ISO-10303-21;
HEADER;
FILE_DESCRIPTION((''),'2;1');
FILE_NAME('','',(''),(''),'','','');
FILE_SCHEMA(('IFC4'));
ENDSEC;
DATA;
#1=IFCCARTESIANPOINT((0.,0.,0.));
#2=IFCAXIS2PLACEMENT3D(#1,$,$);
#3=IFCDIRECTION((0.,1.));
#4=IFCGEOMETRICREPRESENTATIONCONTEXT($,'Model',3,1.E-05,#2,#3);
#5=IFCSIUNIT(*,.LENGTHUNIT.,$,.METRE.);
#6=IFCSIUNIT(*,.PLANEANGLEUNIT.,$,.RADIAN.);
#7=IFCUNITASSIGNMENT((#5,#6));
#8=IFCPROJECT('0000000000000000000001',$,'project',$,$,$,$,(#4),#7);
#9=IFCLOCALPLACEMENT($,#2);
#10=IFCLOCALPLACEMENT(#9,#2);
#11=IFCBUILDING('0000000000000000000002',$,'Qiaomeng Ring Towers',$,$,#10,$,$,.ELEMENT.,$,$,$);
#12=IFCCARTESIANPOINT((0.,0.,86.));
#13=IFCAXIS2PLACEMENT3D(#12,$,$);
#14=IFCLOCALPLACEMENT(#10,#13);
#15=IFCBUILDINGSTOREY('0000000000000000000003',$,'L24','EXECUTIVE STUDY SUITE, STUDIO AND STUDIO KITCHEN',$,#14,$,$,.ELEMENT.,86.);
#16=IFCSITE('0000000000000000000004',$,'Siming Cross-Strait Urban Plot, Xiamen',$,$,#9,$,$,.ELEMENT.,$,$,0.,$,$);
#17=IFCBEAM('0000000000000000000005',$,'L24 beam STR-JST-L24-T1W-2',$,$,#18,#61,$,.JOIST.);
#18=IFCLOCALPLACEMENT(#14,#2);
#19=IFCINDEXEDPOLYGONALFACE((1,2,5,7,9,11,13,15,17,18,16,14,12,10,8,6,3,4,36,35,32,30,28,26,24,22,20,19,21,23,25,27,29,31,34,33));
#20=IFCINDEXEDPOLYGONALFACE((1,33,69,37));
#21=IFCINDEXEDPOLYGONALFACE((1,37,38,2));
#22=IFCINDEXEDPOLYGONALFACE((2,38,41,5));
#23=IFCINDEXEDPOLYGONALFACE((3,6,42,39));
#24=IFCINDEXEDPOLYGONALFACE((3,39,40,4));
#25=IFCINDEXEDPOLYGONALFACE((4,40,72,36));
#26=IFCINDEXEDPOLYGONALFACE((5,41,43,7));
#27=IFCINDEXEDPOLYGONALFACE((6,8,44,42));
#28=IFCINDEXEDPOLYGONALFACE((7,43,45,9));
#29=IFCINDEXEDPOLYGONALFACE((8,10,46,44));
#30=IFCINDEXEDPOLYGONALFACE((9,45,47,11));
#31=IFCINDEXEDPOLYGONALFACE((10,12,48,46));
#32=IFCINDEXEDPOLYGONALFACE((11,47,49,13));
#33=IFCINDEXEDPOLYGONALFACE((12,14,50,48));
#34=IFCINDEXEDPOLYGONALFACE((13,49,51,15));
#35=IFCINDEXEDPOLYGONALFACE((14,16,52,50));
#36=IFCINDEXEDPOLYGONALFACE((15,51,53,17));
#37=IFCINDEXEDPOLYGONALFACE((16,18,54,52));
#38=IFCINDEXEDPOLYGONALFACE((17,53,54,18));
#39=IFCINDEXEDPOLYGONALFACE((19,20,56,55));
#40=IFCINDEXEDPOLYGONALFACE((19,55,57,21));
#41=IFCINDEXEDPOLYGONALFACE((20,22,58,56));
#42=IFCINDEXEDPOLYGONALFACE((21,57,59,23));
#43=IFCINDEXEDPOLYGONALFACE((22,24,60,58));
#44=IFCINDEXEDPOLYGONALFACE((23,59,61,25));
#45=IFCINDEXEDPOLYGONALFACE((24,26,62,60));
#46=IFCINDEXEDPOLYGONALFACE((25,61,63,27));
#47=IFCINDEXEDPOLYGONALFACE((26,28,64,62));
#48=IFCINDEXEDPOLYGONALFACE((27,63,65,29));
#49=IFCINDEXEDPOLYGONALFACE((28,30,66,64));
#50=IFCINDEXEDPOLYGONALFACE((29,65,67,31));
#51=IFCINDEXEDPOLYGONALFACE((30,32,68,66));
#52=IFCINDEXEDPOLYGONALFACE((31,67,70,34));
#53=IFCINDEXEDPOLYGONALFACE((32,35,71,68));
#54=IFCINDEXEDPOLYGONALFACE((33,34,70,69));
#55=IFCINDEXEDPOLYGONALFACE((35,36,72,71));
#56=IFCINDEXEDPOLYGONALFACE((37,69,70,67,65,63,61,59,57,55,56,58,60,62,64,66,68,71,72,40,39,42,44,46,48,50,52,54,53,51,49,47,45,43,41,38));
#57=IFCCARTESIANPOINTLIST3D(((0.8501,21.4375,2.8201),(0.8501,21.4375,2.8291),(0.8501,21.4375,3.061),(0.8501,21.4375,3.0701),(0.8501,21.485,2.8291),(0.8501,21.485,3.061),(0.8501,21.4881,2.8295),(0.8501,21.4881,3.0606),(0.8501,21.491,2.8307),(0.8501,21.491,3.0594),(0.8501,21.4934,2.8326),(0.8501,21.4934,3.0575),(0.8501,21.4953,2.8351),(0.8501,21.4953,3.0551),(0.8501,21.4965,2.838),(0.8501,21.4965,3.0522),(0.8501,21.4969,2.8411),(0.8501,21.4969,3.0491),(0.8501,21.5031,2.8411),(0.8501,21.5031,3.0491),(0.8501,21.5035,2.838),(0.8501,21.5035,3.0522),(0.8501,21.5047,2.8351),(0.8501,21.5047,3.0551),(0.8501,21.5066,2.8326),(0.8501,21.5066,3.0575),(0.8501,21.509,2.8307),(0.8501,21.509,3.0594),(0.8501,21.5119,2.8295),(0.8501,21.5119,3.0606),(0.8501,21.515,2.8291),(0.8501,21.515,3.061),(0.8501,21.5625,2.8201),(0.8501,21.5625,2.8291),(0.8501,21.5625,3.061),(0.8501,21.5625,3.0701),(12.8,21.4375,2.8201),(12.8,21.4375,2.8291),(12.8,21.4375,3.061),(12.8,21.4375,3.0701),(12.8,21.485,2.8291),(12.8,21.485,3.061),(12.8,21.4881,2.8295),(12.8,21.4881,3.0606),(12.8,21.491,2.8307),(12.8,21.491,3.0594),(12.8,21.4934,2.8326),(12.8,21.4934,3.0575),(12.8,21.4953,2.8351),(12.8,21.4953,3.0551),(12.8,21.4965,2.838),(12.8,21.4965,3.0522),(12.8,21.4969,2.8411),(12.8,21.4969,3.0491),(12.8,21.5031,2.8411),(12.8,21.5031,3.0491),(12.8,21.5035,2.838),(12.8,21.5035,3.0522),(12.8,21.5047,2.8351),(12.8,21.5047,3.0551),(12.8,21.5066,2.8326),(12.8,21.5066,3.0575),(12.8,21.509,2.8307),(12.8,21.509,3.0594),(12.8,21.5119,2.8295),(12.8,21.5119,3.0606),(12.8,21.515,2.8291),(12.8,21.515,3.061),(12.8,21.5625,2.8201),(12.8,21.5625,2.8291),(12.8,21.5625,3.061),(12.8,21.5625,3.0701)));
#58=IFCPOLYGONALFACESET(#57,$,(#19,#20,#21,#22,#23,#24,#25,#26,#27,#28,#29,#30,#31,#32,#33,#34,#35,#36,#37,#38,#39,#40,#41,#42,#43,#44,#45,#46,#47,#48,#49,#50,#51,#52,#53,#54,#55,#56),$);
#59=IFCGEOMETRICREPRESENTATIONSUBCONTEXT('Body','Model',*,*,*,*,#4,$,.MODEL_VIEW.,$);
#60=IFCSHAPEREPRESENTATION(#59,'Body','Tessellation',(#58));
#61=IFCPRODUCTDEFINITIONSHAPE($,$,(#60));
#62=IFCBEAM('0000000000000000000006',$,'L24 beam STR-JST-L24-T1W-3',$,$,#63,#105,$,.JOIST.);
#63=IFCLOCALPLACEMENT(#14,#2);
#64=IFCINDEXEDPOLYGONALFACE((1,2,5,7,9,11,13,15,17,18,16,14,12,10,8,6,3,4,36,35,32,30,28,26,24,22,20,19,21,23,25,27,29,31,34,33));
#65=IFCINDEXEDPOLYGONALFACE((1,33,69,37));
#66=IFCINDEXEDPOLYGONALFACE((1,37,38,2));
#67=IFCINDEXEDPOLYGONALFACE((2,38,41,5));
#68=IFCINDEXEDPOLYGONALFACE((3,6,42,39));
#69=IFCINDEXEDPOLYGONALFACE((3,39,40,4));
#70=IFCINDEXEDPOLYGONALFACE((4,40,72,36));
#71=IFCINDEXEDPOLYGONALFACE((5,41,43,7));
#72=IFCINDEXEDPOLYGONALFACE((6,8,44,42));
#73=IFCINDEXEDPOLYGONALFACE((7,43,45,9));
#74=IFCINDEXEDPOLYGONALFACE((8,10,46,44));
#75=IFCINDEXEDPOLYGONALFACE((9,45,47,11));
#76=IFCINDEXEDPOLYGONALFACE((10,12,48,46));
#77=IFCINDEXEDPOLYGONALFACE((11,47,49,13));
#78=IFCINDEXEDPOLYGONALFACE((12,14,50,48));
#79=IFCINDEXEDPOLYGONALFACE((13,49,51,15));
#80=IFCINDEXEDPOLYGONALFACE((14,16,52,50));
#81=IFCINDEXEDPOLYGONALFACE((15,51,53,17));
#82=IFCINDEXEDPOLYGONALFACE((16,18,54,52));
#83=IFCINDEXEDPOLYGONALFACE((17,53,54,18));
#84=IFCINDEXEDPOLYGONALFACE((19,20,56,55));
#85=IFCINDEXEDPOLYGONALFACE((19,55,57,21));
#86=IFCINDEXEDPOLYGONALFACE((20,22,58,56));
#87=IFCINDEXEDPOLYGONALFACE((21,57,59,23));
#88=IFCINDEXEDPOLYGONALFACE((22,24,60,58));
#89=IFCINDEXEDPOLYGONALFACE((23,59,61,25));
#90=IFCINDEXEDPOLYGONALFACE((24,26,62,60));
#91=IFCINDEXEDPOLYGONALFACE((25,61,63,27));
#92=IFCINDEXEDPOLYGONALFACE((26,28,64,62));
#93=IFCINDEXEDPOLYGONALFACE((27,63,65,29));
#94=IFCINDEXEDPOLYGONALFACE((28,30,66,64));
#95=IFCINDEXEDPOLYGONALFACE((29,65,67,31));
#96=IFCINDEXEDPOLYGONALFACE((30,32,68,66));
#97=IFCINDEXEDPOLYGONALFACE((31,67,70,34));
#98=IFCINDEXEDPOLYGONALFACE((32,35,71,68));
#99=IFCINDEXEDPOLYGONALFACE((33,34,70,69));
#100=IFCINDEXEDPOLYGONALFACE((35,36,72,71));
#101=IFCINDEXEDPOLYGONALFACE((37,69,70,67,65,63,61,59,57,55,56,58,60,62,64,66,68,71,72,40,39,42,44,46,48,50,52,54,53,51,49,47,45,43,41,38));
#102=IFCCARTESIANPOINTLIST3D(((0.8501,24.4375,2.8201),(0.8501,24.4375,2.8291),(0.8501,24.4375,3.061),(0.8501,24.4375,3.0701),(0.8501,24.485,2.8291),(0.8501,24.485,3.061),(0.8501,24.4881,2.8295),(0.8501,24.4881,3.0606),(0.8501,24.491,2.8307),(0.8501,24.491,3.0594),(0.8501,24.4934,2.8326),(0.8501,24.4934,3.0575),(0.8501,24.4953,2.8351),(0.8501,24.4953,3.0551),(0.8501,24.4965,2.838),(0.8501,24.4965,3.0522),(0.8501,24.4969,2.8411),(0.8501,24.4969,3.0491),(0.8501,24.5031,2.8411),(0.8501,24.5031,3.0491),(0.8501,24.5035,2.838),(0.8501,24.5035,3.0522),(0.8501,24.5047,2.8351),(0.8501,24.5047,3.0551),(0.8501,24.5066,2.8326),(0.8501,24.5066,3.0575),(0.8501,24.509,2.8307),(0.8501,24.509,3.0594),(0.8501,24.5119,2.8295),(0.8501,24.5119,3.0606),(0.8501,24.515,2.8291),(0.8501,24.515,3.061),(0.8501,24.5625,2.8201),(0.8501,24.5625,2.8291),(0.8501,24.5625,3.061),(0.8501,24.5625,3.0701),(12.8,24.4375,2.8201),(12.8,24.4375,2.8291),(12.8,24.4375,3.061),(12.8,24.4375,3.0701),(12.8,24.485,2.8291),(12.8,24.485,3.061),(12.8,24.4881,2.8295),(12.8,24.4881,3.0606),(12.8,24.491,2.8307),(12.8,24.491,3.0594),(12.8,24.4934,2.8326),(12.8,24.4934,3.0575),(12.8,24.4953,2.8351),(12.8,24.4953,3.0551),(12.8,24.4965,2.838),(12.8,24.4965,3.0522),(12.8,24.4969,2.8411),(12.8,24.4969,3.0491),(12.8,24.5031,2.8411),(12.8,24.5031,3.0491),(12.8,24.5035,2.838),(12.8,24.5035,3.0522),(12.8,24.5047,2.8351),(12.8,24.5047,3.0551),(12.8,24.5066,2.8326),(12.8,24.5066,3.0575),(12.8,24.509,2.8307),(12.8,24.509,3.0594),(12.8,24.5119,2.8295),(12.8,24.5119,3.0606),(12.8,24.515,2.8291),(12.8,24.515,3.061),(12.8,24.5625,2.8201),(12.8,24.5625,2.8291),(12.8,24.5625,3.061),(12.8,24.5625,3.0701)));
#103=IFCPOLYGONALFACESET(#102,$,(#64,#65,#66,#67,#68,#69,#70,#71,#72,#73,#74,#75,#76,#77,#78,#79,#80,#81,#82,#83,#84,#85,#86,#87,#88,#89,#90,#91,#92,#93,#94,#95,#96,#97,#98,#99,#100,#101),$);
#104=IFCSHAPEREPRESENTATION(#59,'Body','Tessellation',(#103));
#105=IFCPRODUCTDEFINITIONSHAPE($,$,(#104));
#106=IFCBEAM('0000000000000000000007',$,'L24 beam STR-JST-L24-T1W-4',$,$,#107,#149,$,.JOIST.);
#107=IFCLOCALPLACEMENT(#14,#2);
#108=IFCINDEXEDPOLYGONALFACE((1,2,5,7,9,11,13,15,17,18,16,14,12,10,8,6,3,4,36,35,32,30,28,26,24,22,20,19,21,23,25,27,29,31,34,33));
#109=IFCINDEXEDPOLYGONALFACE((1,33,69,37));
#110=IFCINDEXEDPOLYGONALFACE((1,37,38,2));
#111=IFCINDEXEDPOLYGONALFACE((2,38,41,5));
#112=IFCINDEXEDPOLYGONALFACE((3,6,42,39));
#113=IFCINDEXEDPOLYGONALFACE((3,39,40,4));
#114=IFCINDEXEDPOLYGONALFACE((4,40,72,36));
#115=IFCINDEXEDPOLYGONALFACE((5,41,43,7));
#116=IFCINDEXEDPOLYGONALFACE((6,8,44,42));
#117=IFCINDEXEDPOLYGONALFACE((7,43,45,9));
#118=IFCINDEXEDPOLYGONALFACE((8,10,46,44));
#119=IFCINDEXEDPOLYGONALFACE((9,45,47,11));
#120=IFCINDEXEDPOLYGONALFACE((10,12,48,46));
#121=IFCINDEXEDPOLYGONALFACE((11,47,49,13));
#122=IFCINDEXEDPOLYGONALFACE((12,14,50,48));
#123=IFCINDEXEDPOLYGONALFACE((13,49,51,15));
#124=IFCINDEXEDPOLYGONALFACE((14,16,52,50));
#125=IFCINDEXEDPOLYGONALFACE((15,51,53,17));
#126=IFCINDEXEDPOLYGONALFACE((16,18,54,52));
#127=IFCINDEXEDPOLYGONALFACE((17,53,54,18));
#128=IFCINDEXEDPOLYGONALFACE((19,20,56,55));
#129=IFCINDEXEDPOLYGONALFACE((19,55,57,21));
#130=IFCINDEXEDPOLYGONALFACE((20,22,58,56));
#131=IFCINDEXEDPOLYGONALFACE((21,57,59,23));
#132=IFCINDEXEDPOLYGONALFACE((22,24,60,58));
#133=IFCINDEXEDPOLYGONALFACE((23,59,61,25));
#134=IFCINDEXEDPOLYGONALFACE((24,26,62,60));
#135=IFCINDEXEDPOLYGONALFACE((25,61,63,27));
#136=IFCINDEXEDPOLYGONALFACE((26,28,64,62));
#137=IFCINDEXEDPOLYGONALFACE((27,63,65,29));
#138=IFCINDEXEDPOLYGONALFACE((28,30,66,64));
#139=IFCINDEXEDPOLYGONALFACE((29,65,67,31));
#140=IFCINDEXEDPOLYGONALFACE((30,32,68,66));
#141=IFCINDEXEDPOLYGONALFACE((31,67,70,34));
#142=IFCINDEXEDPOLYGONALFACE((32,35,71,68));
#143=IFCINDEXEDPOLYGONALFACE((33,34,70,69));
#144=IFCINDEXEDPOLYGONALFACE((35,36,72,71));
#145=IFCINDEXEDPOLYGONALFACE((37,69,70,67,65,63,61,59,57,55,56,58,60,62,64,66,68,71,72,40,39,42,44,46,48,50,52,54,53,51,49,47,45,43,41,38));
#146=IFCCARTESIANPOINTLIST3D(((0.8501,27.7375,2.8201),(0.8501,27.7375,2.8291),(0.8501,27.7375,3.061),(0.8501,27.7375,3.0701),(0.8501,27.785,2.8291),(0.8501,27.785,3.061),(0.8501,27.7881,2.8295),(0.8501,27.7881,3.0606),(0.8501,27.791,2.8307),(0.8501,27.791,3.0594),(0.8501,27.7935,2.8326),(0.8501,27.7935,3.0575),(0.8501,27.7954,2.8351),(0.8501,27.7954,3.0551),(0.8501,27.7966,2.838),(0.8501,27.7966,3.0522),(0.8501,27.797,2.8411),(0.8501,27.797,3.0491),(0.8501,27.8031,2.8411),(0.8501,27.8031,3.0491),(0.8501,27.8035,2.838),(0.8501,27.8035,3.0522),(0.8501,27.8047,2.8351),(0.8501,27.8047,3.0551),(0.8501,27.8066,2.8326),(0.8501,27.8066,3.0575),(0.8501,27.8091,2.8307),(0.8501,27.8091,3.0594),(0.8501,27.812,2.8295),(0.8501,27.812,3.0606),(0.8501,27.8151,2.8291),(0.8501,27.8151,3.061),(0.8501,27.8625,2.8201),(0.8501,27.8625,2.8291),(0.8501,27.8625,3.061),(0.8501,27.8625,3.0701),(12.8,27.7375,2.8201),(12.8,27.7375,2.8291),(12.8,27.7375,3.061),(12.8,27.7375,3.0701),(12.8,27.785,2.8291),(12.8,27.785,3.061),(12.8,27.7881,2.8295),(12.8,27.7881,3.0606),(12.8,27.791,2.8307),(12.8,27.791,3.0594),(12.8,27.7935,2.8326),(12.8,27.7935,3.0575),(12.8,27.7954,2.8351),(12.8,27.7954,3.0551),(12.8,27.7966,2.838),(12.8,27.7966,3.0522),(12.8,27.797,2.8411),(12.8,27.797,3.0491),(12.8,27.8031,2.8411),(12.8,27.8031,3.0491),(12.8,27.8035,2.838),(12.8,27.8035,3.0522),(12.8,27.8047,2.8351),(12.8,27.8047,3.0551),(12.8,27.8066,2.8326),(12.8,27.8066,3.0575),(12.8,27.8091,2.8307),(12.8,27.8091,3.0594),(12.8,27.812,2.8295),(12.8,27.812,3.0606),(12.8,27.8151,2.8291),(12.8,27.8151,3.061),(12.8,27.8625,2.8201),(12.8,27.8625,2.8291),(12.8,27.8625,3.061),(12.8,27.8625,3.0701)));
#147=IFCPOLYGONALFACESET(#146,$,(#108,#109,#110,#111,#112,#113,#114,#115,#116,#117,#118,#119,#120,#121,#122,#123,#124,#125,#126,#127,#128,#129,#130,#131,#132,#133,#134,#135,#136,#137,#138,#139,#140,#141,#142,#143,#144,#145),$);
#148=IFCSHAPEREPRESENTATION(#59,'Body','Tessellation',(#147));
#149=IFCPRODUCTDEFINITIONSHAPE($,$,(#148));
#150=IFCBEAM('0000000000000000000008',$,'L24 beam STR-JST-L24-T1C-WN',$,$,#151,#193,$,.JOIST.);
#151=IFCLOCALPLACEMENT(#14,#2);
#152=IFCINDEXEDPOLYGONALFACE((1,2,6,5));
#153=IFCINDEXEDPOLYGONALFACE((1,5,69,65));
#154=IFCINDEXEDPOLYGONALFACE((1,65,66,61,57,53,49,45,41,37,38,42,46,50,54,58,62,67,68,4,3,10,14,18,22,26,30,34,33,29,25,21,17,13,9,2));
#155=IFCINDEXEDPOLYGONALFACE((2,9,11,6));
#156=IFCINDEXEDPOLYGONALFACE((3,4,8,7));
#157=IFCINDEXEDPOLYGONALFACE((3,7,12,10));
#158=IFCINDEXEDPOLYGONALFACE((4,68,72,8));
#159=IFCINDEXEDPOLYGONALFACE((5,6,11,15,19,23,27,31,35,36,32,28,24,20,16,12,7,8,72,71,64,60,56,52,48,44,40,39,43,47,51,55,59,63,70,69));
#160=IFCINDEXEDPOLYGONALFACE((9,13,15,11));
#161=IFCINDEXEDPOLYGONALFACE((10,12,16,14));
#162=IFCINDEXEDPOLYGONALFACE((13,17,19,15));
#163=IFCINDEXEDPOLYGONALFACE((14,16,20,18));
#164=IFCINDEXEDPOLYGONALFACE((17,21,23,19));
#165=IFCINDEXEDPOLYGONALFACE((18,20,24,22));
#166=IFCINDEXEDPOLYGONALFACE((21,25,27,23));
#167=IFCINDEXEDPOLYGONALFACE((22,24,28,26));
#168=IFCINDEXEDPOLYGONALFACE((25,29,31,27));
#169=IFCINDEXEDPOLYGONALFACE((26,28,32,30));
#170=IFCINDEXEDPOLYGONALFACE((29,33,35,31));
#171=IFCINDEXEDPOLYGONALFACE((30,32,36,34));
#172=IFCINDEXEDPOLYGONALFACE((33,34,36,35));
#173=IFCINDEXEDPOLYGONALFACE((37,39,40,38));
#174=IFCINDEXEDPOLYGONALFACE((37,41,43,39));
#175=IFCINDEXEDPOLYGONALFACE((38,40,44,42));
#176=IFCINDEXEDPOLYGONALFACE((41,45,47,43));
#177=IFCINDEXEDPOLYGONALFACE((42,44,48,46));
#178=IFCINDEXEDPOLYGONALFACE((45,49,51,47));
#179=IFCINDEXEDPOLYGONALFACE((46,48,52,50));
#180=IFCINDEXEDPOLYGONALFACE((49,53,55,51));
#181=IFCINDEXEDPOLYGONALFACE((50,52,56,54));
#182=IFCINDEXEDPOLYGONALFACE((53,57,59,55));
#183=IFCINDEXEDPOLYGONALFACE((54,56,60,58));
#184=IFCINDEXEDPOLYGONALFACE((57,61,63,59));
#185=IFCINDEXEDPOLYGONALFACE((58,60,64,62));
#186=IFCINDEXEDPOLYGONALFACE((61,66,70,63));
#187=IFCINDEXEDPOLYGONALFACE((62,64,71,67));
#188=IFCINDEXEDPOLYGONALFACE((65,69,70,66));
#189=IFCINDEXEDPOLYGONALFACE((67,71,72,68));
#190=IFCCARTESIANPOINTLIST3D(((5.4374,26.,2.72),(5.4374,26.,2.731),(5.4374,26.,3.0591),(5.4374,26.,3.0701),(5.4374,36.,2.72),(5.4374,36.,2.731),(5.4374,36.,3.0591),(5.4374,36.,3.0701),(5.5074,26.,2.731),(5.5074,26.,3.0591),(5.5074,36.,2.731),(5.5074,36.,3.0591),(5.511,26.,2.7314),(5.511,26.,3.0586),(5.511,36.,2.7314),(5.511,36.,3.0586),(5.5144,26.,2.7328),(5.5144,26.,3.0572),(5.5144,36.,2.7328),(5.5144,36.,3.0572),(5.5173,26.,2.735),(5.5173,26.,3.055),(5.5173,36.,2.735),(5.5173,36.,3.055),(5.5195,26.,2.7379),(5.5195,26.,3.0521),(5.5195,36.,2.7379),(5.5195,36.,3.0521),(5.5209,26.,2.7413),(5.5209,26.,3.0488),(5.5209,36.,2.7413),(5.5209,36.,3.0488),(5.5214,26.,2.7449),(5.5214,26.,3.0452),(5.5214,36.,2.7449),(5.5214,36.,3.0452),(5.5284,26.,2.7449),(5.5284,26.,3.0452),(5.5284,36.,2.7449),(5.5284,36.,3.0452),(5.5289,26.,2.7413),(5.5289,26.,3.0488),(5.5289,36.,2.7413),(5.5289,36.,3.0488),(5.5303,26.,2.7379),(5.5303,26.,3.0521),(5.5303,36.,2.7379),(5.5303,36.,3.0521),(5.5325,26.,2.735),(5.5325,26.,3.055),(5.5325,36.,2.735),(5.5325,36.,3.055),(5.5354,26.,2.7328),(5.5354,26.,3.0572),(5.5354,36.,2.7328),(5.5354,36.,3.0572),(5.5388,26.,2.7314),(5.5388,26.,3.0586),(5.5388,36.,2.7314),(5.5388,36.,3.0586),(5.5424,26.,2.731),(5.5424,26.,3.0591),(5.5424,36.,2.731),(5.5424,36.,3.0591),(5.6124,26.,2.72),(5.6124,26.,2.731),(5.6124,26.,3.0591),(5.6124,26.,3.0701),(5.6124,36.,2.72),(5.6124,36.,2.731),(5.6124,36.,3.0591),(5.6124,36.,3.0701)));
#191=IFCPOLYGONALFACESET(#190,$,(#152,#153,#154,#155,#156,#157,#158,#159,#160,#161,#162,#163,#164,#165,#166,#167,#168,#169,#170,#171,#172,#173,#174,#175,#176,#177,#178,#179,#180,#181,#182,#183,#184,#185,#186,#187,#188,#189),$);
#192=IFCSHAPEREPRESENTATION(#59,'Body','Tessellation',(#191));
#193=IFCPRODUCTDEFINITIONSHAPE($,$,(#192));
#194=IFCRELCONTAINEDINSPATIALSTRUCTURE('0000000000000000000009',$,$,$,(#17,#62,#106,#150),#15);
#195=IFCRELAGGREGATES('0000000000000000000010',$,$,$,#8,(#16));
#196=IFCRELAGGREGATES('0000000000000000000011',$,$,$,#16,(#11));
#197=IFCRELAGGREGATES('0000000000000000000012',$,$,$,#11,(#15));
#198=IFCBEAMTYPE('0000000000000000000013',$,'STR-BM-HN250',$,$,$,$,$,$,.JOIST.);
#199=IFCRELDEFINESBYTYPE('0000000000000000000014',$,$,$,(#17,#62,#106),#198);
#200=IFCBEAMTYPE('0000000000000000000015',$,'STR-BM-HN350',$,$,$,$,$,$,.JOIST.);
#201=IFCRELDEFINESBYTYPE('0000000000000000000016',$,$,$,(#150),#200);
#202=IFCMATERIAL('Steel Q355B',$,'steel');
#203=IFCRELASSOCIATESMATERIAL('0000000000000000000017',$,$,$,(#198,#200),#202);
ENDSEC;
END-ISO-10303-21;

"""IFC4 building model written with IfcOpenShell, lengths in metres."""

from ifc_helpers import new_model, si_unit, direction, frame, origin, origin_2d, place, context, subcontext, project, spatial, i_section, extrude, source, transform, mapped, material, material_profile, profile_set, type_object, element, save


model = new_model("IFC4")

# Units and contexts
model_context = context("Model", 3, precision=1e-05, world=origin(), true_north=direction((0.0, 1.0)))
body_context = subcontext(model_context, "Body", "Model", "MODEL_VIEW")
ifc_project = project(units=[si_unit("LENGTHUNIT", "METRE"), si_unit("PLANEANGLEUNIT", "RADIAN")], contexts=[model_context])

# Site, building, storey
site_placement = place(None, origin())
site = spatial("IfcSite", under=ifc_project, at=site_placement, Name="Siming Cross-Strait Urban Plot, Xiamen", CompositionType="ELEMENT", RefElevation=0.0)
building_placement = place(site_placement, origin())
building = spatial("IfcBuilding", under=site, at=building_placement, Name="Qiaomeng Ring Towers", CompositionType="ELEMENT")
storey_placement = place(building_placement, frame((0.0, 0.0, 86.0)))
storey = spatial("IfcBuildingStorey", under=building, at=storey_placement, Name="L24", Description="EXECUTIVE STUDY SUITE, STUDIO AND STUDIO KITCHEN", CompositionType="ELEMENT", Elevation=86.0)

# Beams
ifc_material_1 = material(Name="Steel Q355B", Category="steel")
ifc_material_profile_1 = material_profile(ifc_material_1, i_section(OverallWidth=0.125, OverallDepth=0.25, WebThickness=0.0061, FlangeThickness=0.009, FilletRadius=0.012, at=origin_2d()), Name="HN 250x125x6x9")
ifc_profile_set_1 = profile_set([ifc_material_profile_1], Name="Steel Q355B")
beam_type_1 = type_object("IfcBeamType", Name="STR-BM-HN250", PredefinedType="JOIST", material=ifc_profile_set_1)
shared_shape_1 = source(origin(), body_context, "Body", "SweptSolid", [
    extrude(i_section(OverallWidth=0.125, OverallDepth=0.25, WebThickness=0.0061, FlangeThickness=0.009, FilletRadius=0.012, at=origin_2d()), origin(), (0.0, 0.0, 1.0), 11.95),
])
for number, where, z_axis, x_axis, name in (
    (1, (0.8501, 21.5, 2.9451), (1.0, 0.0, 0.0), (0.0, 1.0, 0.0), "L24 beam STR-JST-L24-T1W-2"),
    (2, (0.8501, 24.5, 2.9451), (1.0, 0.0, 0.0), (0.0, 1.0, 0.0), "L24 beam STR-JST-L24-T1W-3"),
    (3, (0.8501, 27.8, 2.9451), (1.0, 0.0, 0.0), (0.0, 1.0, 0.0), "L24 beam STR-JST-L24-T1W-4"),
):
    element("IfcBeam", number, at=place(storey_placement, frame(where, z_axis=z_axis, x_axis=x_axis)), inside=storey, type_object=beam_type_1, Name=name, PredefinedType="JOIST", context=body_context, shape_type="MappedRepresentation", body=[
        mapped(shared_shape_1, transform((0.0, 0.0, 0.0), x_axis=(1.0, 0.0, 0.0), y_axis=(0.0, 1.0, 0.0), z_axis=(0.0, 0.0, 1.0), scale=1.0)),
    ])
ifc_material_profile_2 = material_profile(ifc_material_1, i_section(OverallWidth=0.175, OverallDepth=0.3501, WebThickness=0.0071, FlangeThickness=0.011, FilletRadius=0.0139, at=origin_2d()), Name="HN 350x175x7x11")
ifc_profile_set_2 = profile_set([ifc_material_profile_2], Name="Steel Q355B")
beam_type_2 = type_object("IfcBeamType", Name="STR-BM-HN350", PredefinedType="JOIST", material=ifc_profile_set_2)
shared_shape_2 = source(origin(), body_context, "Body", "SweptSolid", [
    extrude(i_section(OverallWidth=0.175, OverallDepth=0.3501, WebThickness=0.0071, FlangeThickness=0.011, FilletRadius=0.0139, at=origin_2d()), origin(), (0.0, 0.0, 1.0), 10.0),
])
beam_1_placement = place(storey_placement, frame((5.5249, 26.0, 2.895), z_axis=(0.0, 1.0, 0.0), x_axis=(-1.0, 0.0, 0.0)))
element("IfcBeam", 4, at=beam_1_placement, inside=storey, type_object=beam_type_2, Name="L24 beam STR-JST-L24-T1C-WN", PredefinedType="JOIST", context=body_context, shape_type="MappedRepresentation", body=[
    mapped(shared_shape_2, transform((0.0, 0.0, 0.0), x_axis=(1.0, 0.0, 0.0), y_axis=(0.0, 1.0, 0.0), z_axis=(0.0, 0.0, 1.0), scale=1.0)),
])

save(model, "model.ifc")
